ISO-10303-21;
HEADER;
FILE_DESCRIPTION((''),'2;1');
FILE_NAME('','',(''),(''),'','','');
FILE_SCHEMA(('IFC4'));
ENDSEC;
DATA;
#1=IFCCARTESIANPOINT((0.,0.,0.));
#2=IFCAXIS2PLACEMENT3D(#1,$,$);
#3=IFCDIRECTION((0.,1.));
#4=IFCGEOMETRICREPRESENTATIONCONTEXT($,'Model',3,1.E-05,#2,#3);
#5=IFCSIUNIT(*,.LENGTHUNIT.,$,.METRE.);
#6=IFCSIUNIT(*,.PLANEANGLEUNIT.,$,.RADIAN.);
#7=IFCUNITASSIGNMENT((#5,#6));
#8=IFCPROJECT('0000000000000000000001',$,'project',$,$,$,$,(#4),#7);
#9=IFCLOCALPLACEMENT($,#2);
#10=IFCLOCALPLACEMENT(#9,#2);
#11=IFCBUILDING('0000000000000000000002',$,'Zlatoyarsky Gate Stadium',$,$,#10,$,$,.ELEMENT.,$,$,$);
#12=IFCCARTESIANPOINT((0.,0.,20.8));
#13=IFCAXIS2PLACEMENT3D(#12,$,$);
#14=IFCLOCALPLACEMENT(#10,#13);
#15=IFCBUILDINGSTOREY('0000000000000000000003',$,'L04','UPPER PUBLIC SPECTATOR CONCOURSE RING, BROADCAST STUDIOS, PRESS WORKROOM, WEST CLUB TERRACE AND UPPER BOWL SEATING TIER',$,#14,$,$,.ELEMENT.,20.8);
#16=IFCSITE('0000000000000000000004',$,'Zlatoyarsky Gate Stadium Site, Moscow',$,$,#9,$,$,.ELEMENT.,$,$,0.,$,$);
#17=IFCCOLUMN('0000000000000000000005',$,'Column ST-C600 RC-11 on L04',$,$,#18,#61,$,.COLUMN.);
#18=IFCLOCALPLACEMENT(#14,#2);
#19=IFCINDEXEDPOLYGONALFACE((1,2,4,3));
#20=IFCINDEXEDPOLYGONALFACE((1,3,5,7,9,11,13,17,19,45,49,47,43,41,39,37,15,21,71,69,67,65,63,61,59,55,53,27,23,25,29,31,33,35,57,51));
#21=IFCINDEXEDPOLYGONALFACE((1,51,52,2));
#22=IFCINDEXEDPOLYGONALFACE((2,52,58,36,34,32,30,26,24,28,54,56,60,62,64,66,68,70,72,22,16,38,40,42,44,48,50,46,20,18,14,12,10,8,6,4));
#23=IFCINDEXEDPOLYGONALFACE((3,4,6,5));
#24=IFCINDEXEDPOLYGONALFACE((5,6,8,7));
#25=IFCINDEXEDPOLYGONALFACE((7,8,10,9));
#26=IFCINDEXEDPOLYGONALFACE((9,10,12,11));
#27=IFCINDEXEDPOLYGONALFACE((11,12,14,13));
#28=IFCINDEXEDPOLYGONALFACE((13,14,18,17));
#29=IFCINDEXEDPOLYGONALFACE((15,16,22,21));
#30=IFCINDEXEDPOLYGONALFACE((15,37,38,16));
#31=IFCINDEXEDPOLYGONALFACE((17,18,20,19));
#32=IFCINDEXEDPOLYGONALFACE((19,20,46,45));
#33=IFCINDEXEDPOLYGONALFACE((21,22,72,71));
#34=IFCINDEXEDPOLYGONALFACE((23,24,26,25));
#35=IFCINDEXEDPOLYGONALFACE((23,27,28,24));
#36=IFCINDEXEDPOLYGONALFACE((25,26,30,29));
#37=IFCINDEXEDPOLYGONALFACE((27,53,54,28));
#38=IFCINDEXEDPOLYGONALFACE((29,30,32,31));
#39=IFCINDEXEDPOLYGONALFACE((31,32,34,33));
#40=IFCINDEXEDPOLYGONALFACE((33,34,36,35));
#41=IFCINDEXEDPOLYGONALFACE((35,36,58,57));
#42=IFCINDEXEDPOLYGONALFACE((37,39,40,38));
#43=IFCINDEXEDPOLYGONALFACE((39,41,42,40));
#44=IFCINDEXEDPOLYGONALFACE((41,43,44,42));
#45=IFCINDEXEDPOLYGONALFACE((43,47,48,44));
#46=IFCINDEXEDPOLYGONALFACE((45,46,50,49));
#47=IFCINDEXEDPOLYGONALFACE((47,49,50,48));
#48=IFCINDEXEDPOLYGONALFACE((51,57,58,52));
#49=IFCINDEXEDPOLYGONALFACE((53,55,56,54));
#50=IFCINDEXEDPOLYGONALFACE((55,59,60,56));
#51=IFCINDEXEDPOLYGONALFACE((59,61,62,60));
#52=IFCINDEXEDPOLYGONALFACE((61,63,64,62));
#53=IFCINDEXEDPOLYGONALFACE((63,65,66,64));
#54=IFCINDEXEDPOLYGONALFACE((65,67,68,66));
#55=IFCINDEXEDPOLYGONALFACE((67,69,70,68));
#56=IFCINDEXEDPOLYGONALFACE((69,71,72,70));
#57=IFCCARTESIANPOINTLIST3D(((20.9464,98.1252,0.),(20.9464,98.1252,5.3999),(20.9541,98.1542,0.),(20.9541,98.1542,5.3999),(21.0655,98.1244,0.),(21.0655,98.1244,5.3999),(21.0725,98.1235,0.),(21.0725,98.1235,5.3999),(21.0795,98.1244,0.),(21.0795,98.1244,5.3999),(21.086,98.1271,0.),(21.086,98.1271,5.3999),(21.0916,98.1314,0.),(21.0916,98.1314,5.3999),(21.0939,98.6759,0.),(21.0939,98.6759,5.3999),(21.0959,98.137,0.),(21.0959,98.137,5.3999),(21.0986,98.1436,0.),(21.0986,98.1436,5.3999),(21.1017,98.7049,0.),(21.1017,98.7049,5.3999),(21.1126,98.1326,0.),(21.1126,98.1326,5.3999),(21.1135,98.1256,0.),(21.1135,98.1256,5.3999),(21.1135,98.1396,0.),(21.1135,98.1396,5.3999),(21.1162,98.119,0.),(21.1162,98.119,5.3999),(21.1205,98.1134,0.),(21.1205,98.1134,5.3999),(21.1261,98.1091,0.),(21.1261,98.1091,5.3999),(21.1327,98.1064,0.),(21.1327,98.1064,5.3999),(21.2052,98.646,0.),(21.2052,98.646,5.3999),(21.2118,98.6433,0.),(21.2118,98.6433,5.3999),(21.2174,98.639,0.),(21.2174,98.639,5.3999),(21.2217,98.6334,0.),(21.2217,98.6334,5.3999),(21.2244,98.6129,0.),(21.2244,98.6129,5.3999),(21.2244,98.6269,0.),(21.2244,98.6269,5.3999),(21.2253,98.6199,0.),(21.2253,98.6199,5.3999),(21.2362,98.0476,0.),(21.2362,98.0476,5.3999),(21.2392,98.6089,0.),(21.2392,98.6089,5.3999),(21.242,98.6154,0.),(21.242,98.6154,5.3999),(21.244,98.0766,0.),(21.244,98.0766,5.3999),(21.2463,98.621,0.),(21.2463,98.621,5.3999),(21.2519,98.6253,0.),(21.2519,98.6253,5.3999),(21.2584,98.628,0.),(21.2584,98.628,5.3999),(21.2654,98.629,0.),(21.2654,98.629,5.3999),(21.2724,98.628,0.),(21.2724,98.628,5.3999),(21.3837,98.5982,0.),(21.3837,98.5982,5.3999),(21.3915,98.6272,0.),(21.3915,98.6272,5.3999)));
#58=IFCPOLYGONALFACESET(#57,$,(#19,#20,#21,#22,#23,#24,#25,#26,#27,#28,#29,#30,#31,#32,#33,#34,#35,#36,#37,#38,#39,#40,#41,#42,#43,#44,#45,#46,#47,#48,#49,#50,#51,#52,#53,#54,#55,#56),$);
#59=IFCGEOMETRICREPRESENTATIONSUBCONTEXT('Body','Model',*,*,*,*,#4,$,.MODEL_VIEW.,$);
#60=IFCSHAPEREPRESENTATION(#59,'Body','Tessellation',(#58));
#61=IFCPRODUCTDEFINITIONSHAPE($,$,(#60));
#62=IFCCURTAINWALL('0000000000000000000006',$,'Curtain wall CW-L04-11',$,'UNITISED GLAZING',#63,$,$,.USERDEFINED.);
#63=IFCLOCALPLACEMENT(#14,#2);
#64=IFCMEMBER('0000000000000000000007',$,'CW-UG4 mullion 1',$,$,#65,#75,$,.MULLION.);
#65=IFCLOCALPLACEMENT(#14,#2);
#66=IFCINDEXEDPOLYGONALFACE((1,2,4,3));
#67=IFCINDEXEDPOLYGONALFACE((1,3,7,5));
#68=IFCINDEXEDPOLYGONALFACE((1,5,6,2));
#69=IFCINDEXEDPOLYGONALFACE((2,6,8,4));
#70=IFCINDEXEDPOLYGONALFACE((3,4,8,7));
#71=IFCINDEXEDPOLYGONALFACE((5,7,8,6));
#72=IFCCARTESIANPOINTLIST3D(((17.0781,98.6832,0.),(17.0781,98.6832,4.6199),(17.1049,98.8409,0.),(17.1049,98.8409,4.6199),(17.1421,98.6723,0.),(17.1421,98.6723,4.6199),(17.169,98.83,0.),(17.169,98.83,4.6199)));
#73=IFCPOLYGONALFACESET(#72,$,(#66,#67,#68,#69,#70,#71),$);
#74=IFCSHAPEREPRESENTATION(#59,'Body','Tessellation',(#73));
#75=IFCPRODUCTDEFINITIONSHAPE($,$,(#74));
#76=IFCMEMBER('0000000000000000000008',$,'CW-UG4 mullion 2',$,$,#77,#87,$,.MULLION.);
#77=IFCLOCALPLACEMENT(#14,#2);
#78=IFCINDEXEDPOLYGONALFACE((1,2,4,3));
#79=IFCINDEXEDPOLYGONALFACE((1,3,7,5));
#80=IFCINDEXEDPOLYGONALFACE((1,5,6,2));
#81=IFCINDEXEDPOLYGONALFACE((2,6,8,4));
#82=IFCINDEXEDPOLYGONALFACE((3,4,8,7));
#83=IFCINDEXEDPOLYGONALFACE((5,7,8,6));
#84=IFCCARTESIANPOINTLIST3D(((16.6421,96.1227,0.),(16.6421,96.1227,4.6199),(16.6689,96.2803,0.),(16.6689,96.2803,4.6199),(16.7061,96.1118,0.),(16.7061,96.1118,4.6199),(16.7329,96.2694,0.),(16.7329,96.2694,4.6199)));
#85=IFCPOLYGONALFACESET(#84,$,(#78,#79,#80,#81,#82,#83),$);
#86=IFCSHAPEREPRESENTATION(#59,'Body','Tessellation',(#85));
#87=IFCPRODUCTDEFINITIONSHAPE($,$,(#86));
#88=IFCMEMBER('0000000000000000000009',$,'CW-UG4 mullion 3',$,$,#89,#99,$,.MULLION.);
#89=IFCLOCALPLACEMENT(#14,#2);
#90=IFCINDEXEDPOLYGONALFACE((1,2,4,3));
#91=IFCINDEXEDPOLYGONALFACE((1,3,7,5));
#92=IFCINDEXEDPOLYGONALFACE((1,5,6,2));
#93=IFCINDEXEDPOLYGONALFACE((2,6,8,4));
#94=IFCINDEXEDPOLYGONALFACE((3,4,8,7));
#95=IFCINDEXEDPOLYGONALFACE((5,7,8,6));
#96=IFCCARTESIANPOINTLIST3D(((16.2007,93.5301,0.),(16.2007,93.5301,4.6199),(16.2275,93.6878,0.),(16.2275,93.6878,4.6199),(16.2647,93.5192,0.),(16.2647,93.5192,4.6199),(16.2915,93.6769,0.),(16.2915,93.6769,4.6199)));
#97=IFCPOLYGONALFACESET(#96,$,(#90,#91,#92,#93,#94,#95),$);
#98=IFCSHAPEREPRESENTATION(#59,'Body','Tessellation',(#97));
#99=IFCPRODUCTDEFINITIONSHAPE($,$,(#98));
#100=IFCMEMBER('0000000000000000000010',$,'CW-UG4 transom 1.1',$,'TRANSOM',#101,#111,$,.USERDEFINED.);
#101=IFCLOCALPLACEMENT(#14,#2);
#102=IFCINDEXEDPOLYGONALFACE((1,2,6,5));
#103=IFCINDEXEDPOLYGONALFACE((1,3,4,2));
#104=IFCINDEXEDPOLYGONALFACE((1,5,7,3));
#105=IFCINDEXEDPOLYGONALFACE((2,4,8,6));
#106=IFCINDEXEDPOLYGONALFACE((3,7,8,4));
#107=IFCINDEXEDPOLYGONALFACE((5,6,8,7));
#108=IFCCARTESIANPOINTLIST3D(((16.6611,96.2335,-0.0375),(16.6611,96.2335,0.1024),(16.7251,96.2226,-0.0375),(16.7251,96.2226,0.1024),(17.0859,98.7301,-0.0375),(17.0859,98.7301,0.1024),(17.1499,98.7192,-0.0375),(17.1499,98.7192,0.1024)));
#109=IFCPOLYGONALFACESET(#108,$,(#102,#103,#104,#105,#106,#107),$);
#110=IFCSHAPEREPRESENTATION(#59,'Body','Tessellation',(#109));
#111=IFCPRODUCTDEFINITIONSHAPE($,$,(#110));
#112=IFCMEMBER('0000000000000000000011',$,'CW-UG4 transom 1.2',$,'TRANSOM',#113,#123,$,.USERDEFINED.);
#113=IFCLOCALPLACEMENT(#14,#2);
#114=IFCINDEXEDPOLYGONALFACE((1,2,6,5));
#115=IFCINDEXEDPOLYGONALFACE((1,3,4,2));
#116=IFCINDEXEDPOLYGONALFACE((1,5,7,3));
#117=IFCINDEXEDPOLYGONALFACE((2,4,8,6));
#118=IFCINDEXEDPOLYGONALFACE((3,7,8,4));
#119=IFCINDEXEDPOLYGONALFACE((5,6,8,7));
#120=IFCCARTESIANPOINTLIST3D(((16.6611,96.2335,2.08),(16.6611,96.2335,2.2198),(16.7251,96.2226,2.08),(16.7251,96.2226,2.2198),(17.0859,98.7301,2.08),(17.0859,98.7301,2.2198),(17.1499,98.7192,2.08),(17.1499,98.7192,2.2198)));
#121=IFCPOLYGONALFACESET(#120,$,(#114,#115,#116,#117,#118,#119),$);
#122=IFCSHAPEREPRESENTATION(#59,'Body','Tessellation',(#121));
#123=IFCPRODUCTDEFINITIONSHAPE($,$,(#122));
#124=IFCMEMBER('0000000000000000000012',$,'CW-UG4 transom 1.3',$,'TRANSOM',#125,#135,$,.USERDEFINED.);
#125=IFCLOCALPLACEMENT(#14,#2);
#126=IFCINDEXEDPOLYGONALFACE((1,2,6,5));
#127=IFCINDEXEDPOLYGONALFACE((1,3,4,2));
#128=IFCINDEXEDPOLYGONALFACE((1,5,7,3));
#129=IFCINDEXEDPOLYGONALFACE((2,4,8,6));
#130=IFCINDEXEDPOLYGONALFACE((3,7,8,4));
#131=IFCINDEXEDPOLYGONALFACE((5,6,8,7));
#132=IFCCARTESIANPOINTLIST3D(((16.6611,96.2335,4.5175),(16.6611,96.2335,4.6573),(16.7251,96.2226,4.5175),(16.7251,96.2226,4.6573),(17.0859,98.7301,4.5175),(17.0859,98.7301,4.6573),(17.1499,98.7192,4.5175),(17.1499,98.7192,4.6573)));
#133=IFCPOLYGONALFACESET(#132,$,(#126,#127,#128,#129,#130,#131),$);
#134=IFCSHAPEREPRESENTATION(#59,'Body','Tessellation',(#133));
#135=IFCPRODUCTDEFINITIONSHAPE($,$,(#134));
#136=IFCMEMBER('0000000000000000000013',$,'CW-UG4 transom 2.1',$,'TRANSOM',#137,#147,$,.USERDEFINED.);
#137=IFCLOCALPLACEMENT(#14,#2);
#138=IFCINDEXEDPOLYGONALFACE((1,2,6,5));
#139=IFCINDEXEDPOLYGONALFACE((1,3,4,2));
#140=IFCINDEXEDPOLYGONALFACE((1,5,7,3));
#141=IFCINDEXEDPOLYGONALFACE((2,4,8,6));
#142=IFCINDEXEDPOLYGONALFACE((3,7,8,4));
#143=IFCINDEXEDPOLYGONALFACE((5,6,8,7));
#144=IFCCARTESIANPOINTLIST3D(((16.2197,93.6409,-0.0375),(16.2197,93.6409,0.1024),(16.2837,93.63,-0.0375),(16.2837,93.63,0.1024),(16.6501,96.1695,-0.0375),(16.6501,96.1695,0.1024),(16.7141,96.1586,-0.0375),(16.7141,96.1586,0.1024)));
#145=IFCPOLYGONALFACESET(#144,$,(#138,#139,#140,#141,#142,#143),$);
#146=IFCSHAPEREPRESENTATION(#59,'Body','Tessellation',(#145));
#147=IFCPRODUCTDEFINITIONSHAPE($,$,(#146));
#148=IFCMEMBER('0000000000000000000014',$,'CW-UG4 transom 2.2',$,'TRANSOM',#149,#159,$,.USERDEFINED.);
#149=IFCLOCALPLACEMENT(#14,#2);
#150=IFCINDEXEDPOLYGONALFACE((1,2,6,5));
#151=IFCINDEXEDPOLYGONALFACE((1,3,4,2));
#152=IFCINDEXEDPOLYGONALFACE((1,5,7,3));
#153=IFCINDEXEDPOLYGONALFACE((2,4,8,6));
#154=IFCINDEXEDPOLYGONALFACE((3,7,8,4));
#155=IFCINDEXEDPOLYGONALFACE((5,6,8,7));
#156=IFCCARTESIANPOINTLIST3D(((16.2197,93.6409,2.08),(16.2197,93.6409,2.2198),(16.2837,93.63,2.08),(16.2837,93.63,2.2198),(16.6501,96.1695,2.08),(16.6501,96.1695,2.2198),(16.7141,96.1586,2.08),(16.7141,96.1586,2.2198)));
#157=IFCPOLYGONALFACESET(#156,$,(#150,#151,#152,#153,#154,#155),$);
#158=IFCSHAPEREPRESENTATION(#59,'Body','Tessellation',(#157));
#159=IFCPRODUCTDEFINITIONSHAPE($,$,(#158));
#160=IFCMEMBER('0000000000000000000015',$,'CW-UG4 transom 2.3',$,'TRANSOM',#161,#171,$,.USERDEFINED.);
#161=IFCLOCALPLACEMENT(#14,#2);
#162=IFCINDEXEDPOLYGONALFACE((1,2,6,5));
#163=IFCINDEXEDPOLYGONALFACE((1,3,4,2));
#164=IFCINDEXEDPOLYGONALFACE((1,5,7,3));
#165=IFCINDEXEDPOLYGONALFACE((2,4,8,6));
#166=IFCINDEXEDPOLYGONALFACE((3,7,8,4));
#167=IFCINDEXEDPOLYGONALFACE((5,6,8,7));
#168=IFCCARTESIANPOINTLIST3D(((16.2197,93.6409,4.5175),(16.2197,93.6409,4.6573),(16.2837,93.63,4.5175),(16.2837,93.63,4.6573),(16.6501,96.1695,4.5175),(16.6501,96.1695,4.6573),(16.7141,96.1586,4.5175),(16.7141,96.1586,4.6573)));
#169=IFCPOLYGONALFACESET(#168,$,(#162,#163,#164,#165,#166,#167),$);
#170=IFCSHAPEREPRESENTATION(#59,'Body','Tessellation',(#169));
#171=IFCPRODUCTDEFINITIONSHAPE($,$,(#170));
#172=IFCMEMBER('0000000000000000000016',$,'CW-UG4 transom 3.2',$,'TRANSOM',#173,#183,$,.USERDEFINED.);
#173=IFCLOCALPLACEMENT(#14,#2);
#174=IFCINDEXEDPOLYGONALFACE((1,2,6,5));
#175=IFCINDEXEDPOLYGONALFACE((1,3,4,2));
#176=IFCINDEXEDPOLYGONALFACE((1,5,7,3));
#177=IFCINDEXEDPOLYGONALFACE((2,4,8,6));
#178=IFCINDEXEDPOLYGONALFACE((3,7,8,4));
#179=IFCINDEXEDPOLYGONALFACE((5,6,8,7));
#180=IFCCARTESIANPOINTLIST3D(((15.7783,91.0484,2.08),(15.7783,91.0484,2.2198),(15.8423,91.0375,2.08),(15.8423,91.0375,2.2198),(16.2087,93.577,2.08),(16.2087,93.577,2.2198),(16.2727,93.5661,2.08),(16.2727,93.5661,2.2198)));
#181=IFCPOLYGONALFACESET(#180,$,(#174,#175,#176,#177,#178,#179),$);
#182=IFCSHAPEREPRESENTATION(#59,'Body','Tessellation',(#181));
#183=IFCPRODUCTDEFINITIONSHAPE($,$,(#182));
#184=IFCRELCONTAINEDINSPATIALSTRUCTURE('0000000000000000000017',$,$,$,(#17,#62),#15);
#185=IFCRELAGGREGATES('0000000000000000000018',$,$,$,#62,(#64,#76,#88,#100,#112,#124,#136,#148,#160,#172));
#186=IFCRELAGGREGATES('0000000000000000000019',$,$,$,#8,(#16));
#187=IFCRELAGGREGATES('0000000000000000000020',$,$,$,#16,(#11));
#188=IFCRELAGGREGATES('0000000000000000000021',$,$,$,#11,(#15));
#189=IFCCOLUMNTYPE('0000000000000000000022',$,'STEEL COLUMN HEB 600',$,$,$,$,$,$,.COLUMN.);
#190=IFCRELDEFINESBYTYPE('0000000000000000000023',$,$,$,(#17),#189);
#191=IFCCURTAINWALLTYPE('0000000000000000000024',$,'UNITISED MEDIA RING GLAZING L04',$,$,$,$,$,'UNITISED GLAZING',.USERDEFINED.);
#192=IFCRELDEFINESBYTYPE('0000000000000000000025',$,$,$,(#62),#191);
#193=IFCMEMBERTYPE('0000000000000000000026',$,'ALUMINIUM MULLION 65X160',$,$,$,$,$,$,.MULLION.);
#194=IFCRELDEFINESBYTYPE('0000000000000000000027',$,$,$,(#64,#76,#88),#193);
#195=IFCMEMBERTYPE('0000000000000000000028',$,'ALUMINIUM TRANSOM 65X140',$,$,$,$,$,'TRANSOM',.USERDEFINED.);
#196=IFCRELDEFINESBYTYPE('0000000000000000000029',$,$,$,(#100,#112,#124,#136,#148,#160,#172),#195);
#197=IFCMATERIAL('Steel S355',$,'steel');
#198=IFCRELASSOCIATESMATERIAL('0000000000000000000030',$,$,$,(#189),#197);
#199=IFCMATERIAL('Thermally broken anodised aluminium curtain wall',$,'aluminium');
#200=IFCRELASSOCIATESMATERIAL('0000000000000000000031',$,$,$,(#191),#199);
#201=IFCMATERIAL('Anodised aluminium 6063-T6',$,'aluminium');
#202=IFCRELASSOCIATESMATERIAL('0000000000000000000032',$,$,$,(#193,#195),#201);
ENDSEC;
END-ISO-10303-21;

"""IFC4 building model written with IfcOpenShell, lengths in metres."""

from ifc_helpers import new_model, si_unit, direction, frame, origin, origin_2d, place, context, subcontext, project, spatial, rectangle, i_section, extrude, material, material_profile, profile_set, type_object, element, aggregate, save


model = new_model("IFC4")

# Units and contexts
model_context = context("Model", 3, precision=1e-05, world=origin(), true_north=direction((0.0, 1.0)))
body_context = subcontext(model_context, "Body", "Model", "MODEL_VIEW")
ifc_project = project(units=[si_unit("LENGTHUNIT", "METRE"), si_unit("PLANEANGLEUNIT", "RADIAN")], contexts=[model_context])

# Site, building, storey
site_placement = place(None, origin())
site = spatial("IfcSite", under=ifc_project, at=site_placement, Name="Zlatoyarsky Gate Stadium Site, Moscow", CompositionType="ELEMENT", RefElevation=0.0)
building_placement = place(site_placement, origin())
building = spatial("IfcBuilding", under=site, at=building_placement, Name="Zlatoyarsky Gate Stadium", CompositionType="ELEMENT")
storey_placement = place(building_placement, frame((0.0, 0.0, 20.8)))
storey = spatial("IfcBuildingStorey", under=building, at=storey_placement, Name="L04", Description="UPPER PUBLIC SPECTATOR CONCOURSE RING, BROADCAST STUDIOS, PRESS WORKROOM, WEST CLUB TERRACE AND UPPER BOWL SEATING TIER", CompositionType="ELEMENT", Elevation=20.8)

# Column
ifc_material_1 = material(Name="Steel S355", Category="steel")
ifc_material_profile_1 = material_profile(ifc_material_1, i_section(OverallWidth=0.3, OverallDepth=0.6001, WebThickness=0.0154, FlangeThickness=0.03, FilletRadius=0.0271, at=origin_2d()), Name="HEB 600")
ifc_profile_set_1 = profile_set([ifc_material_profile_1], Name="Steel S355")
column_type = type_object("IfcColumnType", Name="STEEL COLUMN HEB 600", PredefinedType="COLUMN", material=ifc_profile_set_1)
column_placement = place(storey_placement, frame((21.1689, 98.3762, 0.0), z_axis=(0.0, 0.0, 1.0), x_axis=(-0.965926, 0.258819, 0.0)))
element("IfcColumn", 1, at=column_placement, inside=storey, type_object=column_type, Name="Column ST-C600 RC-11 on L04", PredefinedType="COLUMN", context=body_context, shape_type="SweptSolid", body=[
    extrude(i_section(OverallWidth=0.3, OverallDepth=0.6001, WebThickness=0.0154, FlangeThickness=0.03, FilletRadius=0.0271, at=origin_2d()), origin(), (0.0, 0.0, 1.0), 5.3999),
])

# Curtain wall, members
ifc_material_2 = material(Name="Thermally broken anodised aluminium curtain wall", Category="aluminium")
curtain_wall_type = type_object("IfcCurtainWallType", Name="UNITISED MEDIA RING GLAZING L04", ElementType="UNITISED GLAZING", PredefinedType="USERDEFINED", material=ifc_material_2)
curtain_wall_placement = place(storey_placement, origin())
curtain_wall = element("IfcCurtainWall", 2, at=curtain_wall_placement, inside=storey, type_object=curtain_wall_type, Name="Curtain wall CW-L04-11", ObjectType="UNITISED GLAZING", PredefinedType="USERDEFINED")
ifc_material_3 = material(Name="Anodised aluminium 6063-T6", Category="aluminium")
ifc_material_profile_2 = material_profile(ifc_material_3, rectangle(XDim=0.0649, YDim=0.1599, at=origin_2d()), Name="ALU 65X160")
ifc_profile_set_2 = profile_set([ifc_material_profile_2], Name="Anodised aluminium 6063-T6")
member_type_1 = type_object("IfcMemberType", Name="ALUMINIUM MULLION 65X160", PredefinedType="MULLION", material=ifc_profile_set_2)
member_1_placement = place(storey_placement, frame((17.1235, 98.7566, 0.0), z_axis=(0.0, 0.0, 1.0), x_axis=(0.985817, -0.167821, 0.0)))
member_1 = element("IfcMember", 3, at=member_1_placement, type_object=member_type_1, Name="CW-UG4 mullion 1", PredefinedType="MULLION", context=body_context, shape_type="SweptSolid", body=[
    extrude(rectangle(XDim=0.0649, YDim=0.1599, at=origin_2d()), origin(), (0.0, 0.0, 1.0), 4.6199),
])
member_2_placement = place(storey_placement, frame((16.6875, 96.196, 0.0), z_axis=(0.0, 0.0, 1.0), x_axis=(0.985817, -0.167821, 0.0)))
member_2 = element("IfcMember", 4, at=member_2_placement, type_object=member_type_1, Name="CW-UG4 mullion 2", PredefinedType="MULLION", context=body_context, shape_type="SweptSolid", body=[
    extrude(rectangle(XDim=0.0649, YDim=0.1599, at=origin_2d()), origin(), (0.0, 0.0, 1.0), 4.6199),
])
member_3_placement = place(storey_placement, frame((16.2461, 93.6035, 0.0), z_axis=(0.0, 0.0, 1.0), x_axis=(0.985817, -0.167821, 0.0)))
member_3 = element("IfcMember", 5, at=member_3_placement, type_object=member_type_1, Name="CW-UG4 mullion 3", PredefinedType="MULLION", context=body_context, shape_type="SweptSolid", body=[
    extrude(rectangle(XDim=0.0649, YDim=0.1599, at=origin_2d()), origin(), (0.0, 0.0, 1.0), 4.6199),
])
ifc_material_profile_3 = material_profile(ifc_material_3, rectangle(XDim=0.0649, YDim=0.1399, at=origin_2d()), Name="ALU 65X140")
ifc_profile_set_3 = profile_set([ifc_material_profile_3], Name="Anodised aluminium 6063-T6")
member_type_2 = type_object("IfcMemberType", Name="ALUMINIUM TRANSOM 65X140", ElementType="TRANSOM", PredefinedType="USERDEFINED", material=ifc_profile_set_3)
member_4_placement = place(storey_placement, frame((17.1179, 98.7246, 0.0325), z_axis=(-0.167744, -0.985831, 0.0), x_axis=(0.985831, -0.167744, 0.0)))
member_4 = element("IfcMember", 6, at=member_4_placement, type_object=member_type_2, Name="CW-UG4 transom 1.1", ObjectType="TRANSOM", PredefinedType="USERDEFINED", context=body_context, shape_type="SweptSolid", body=[
    extrude(rectangle(XDim=0.0649, YDim=0.1399, at=origin_2d()), origin(), (0.0, 0.0, 1.0), 2.5325),
])
member_5_placement = place(storey_placement, frame((17.1179, 98.7246, 2.1499), z_axis=(-0.167744, -0.985831, 0.0), x_axis=(0.985831, -0.167744, 0.0)))
member_5 = element("IfcMember", 7, at=member_5_placement, type_object=member_type_2, Name="CW-UG4 transom 1.2", ObjectType="TRANSOM", PredefinedType="USERDEFINED", context=body_context, shape_type="SweptSolid", body=[
    extrude(rectangle(XDim=0.0649, YDim=0.1399, at=origin_2d()), origin(), (0.0, 0.0, 1.0), 2.5325),
])
member_6_placement = place(storey_placement, frame((17.1179, 98.7246, 4.5874), z_axis=(-0.167744, -0.985831, 0.0), x_axis=(0.985831, -0.167744, 0.0)))
member_6 = element("IfcMember", 8, at=member_6_placement, type_object=member_type_2, Name="CW-UG4 transom 1.3", ObjectType="TRANSOM", PredefinedType="USERDEFINED", context=body_context, shape_type="SweptSolid", body=[
    extrude(rectangle(XDim=0.0649, YDim=0.1399, at=origin_2d()), origin(), (0.0, 0.0, 1.0), 2.5325),
])
member_7_placement = place(storey_placement, frame((16.6821, 96.1641, 0.0325), z_axis=(-0.167809, -0.985819, 0.0), x_axis=(0.985819, -0.167809, 0.0)))
member_7 = element("IfcMember", 9, at=member_7_placement, type_object=member_type_2, Name="CW-UG4 transom 2.1", ObjectType="TRANSOM", PredefinedType="USERDEFINED", context=body_context, shape_type="SweptSolid", body=[
    extrude(rectangle(XDim=0.0649, YDim=0.1399, at=origin_2d()), origin(), (0.0, 0.0, 1.0), 2.5649),
])
member_8_placement = place(storey_placement, frame((16.6821, 96.1641, 2.1499), z_axis=(-0.167809, -0.985819, 0.0), x_axis=(0.985819, -0.167809, 0.0)))
member_8 = element("IfcMember", 10, at=member_8_placement, type_object=member_type_2, Name="CW-UG4 transom 2.2", ObjectType="TRANSOM", PredefinedType="USERDEFINED", context=body_context, shape_type="SweptSolid", body=[
    extrude(rectangle(XDim=0.0649, YDim=0.1399, at=origin_2d()), origin(), (0.0, 0.0, 1.0), 2.5649),
])
member_9_placement = place(storey_placement, frame((16.6821, 96.1641, 4.5874), z_axis=(-0.167809, -0.985819, 0.0), x_axis=(0.985819, -0.167809, 0.0)))
member_9 = element("IfcMember", 11, at=member_9_placement, type_object=member_type_2, Name="CW-UG4 transom 2.3", ObjectType="TRANSOM", PredefinedType="USERDEFINED", context=body_context, shape_type="SweptSolid", body=[
    extrude(rectangle(XDim=0.0649, YDim=0.1399, at=origin_2d()), origin(), (0.0, 0.0, 1.0), 2.5649),
])
member_10_placement = place(storey_placement, frame((16.2407, 93.5715, 2.1499), z_axis=(-0.167809, -0.985819, 0.0), x_axis=(0.985819, -0.167809, 0.0)))
member_10 = element("IfcMember", 12, at=member_10_placement, type_object=member_type_2, Name="CW-UG4 transom 3.2", ObjectType="TRANSOM", PredefinedType="USERDEFINED", context=body_context, shape_type="SweptSolid", body=[
    extrude(rectangle(XDim=0.0649, YDim=0.1399, at=origin_2d()), origin(), (0.0, 0.0, 1.0), 2.5649),
])

aggregate(curtain_wall, [member_1, member_2, member_3, member_4, member_5, member_6, member_7, member_8, member_9, member_10])

save(model, "model.ifc")
